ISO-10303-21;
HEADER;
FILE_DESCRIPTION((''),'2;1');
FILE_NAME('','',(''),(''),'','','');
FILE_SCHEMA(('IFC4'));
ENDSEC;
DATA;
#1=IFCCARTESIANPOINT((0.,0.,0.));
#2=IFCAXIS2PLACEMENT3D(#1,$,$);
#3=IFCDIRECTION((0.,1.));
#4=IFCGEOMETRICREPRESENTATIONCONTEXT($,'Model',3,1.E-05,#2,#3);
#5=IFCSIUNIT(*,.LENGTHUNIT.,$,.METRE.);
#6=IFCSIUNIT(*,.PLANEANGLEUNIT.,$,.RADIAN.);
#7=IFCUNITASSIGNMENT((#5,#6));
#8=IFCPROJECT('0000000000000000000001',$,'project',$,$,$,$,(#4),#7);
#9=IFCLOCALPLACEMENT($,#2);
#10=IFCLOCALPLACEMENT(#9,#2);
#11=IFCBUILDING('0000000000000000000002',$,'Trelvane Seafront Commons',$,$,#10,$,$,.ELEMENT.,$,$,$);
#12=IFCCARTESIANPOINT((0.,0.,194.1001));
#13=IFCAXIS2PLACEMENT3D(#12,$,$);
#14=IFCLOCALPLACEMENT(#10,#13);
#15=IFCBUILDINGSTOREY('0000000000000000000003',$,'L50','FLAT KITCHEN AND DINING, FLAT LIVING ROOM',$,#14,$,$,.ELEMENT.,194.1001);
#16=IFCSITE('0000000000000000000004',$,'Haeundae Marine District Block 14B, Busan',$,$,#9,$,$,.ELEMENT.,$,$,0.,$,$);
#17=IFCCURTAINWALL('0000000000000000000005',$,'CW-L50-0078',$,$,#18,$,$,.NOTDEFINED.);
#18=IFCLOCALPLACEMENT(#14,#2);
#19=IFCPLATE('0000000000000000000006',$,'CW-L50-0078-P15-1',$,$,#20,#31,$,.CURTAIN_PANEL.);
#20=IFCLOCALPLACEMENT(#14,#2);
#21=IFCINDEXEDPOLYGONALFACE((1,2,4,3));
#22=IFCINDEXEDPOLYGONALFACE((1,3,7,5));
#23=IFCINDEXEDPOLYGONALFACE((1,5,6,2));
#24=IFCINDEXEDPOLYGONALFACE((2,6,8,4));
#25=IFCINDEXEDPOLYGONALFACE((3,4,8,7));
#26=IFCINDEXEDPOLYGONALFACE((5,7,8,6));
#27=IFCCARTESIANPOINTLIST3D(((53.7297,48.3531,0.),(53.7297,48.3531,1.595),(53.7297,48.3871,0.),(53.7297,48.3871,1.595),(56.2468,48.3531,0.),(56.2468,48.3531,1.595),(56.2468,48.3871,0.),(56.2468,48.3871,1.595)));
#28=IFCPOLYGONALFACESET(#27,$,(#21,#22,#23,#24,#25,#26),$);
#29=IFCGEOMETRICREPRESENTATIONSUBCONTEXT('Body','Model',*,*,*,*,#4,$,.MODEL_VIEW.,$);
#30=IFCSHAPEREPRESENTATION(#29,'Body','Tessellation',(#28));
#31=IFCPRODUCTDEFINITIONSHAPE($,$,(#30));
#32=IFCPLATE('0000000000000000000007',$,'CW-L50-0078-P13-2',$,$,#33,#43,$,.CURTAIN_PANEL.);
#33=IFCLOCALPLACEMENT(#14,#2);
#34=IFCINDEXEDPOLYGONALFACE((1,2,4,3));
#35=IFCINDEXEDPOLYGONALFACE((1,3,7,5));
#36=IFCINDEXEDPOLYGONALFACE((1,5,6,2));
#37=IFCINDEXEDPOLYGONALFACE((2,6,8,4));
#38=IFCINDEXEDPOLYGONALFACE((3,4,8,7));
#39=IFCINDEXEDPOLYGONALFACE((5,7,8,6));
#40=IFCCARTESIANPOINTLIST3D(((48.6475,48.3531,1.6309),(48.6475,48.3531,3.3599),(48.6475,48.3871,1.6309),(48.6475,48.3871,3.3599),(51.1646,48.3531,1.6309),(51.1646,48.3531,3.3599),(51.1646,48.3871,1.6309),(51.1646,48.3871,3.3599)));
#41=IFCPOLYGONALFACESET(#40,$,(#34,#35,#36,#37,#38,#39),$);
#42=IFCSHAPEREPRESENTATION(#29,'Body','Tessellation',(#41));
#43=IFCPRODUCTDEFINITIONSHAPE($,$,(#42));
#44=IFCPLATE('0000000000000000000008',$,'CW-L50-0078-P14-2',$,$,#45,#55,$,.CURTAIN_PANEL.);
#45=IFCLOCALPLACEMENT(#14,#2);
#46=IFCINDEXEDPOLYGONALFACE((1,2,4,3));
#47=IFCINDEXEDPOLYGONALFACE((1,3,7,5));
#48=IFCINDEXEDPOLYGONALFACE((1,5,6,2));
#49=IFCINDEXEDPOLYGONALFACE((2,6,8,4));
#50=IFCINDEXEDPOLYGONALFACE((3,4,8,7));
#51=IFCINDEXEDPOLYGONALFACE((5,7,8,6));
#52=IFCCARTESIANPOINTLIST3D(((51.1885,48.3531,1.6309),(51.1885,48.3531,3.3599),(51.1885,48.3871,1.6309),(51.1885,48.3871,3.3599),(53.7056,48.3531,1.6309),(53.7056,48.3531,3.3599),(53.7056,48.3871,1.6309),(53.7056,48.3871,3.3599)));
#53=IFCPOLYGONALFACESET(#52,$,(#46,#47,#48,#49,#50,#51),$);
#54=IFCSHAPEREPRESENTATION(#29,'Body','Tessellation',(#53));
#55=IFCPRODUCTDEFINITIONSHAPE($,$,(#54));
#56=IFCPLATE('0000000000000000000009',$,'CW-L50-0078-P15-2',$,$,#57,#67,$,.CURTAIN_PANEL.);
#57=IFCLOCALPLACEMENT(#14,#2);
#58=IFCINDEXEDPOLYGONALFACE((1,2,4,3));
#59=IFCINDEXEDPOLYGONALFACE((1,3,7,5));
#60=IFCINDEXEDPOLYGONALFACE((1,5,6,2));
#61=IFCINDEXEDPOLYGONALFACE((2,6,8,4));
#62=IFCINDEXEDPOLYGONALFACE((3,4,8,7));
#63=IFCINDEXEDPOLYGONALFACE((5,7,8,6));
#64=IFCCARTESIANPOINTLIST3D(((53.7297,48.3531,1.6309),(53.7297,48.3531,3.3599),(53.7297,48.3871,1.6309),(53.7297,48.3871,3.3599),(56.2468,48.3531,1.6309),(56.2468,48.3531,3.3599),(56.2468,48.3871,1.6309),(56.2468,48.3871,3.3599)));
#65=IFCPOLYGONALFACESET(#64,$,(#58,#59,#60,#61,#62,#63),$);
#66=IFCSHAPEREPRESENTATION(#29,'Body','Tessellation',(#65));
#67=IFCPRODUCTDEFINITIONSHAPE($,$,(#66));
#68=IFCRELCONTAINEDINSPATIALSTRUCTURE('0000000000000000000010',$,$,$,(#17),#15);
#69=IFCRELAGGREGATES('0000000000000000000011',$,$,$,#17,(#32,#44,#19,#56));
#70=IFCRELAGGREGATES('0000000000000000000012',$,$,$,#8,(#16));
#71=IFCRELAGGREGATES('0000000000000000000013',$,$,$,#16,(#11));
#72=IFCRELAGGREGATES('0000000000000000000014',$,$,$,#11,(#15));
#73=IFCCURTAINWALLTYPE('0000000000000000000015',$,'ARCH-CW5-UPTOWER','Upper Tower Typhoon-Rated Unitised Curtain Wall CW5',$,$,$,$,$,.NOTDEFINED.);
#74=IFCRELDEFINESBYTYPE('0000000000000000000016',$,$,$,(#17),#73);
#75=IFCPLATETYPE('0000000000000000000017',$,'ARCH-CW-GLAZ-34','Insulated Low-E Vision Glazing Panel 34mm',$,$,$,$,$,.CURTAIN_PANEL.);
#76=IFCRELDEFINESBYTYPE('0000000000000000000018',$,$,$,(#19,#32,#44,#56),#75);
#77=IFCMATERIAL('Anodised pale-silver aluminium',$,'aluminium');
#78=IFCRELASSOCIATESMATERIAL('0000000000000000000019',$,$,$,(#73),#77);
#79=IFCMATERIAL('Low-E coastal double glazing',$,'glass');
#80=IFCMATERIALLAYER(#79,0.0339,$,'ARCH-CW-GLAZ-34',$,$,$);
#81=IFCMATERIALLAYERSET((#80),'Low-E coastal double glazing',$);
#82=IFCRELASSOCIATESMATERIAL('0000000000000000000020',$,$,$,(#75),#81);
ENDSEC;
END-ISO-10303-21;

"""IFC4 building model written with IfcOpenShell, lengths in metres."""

from ifc_helpers import new_model, si_unit, direction, frame, origin, origin_2d, place, context, subcontext, project, spatial, rectangle, extrude, source, transform, mapped, material, layer, layer_set, type_object, element, aggregate, save


model = new_model("IFC4")

# Units and contexts
model_context = context("Model", 3, precision=1e-05, world=origin(), true_north=direction((0.0, 1.0)))
body_context = subcontext(model_context, "Body", "Model", "MODEL_VIEW")
ifc_project = project(units=[si_unit("LENGTHUNIT", "METRE"), si_unit("PLANEANGLEUNIT", "RADIAN")], contexts=[model_context])

# Site, building, storey
site_placement = place(None, origin())
site = spatial("IfcSite", under=ifc_project, at=site_placement, Name="Haeundae Marine District Block 14B, Busan", CompositionType="ELEMENT", RefElevation=0.0)
building_placement = place(site_placement, origin())
building = spatial("IfcBuilding", under=site, at=building_placement, Name="Trelvane Seafront Commons", CompositionType="ELEMENT")
storey_placement = place(building_placement, frame((0.0, 0.0, 194.1001)))
storey = spatial("IfcBuildingStorey", under=building, at=storey_placement, Name="L50", Description="FLAT KITCHEN AND DINING, FLAT LIVING ROOM", CompositionType="ELEMENT", Elevation=194.1001)

# Curtain wall
ifc_material_1 = material(Name="Anodised pale-silver aluminium", Category="aluminium")
curtain_wall_type = type_object("IfcCurtainWallType", Name="ARCH-CW5-UPTOWER", Description="Upper Tower Typhoon-Rated Unitised Curtain Wall CW5", PredefinedType="NOTDEFINED", material=ifc_material_1)
curtain_wall_placement = place(storey_placement, origin())
curtain_wall = element("IfcCurtainWall", 1, at=curtain_wall_placement, inside=storey, type_object=curtain_wall_type, Name="CW-L50-0078", PredefinedType="NOTDEFINED")

# Plates
ifc_material_2 = material(Name="Low-E coastal double glazing", Category="glass")
ifc_layer_1 = layer(ifc_material_2, 0.0339, Name="ARCH-CW-GLAZ-34")
ifc_layer_set_1 = layer_set([ifc_layer_1], Name="Low-E coastal double glazing")
plate_type_1 = type_object("IfcPlateType", Name="ARCH-CW-GLAZ-34", Description="Insulated Low-E Vision Glazing Panel 34mm", PredefinedType="CURTAIN_PANEL", material=ifc_layer_set_1)
shared_shape_1 = source(origin(), body_context, "Body", "SweptSolid", [
    extrude(rectangle(XDim=2.5171, YDim=0.0339, at=origin_2d()), origin(), (0.0, 0.0, 1.0), 1.595),
])
plate_1_placement = place(storey_placement, frame((54.9883, 48.3701, 0.0), z_axis=(0.0, 0.0, 1.0), x_axis=(1.0, 0.0, 0.0)))
plate_1 = element("IfcPlate", 2, at=plate_1_placement, type_object=plate_type_1, Name="CW-L50-0078-P15-1", PredefinedType="CURTAIN_PANEL", context=body_context, shape_type="MappedRepresentation", body=[
    mapped(shared_shape_1, transform((0.0, 0.0, 0.0), x_axis=(1.0, 0.0, 0.0), y_axis=(0.0, 1.0, 0.0), z_axis=(0.0, 0.0, 1.0), scale=1.0)),
])
shared_shape_2 = source(origin(), body_context, "Body", "SweptSolid", [
    extrude(rectangle(XDim=2.5171, YDim=0.0339, at=origin_2d()), origin(), (0.0, 0.0, 1.0), 1.729),
])
plate_2_placement = place(storey_placement, frame((49.906, 48.3701, 1.6309), z_axis=(0.0, 0.0, 1.0), x_axis=(1.0, 0.0, 0.0)))
plate_2 = element("IfcPlate", 3, at=plate_2_placement, type_object=plate_type_1, Name="CW-L50-0078-P13-2", PredefinedType="CURTAIN_PANEL", context=body_context, shape_type="MappedRepresentation", body=[
    mapped(shared_shape_2, transform((0.0, 0.0, 0.0), x_axis=(1.0, 0.0, 0.0), y_axis=(0.0, 1.0, 0.0), z_axis=(0.0, 0.0, 1.0), scale=1.0)),
])
plate_3_placement = place(storey_placement, frame((52.447, 48.3701, 1.6309), z_axis=(0.0, 0.0, 1.0), x_axis=(1.0, 0.0, 0.0)))
plate_3 = element("IfcPlate", 4, at=plate_3_placement, type_object=plate_type_1, Name="CW-L50-0078-P14-2", PredefinedType="CURTAIN_PANEL", context=body_context, shape_type="MappedRepresentation", body=[
    mapped(shared_shape_2, transform((0.0, 0.0, 0.0), x_axis=(1.0, 0.0, 0.0), y_axis=(0.0, 1.0, 0.0), z_axis=(0.0, 0.0, 1.0), scale=1.0)),
])
plate_4_placement = place(storey_placement, frame((54.9883, 48.3701, 1.6309), z_axis=(0.0, 0.0, 1.0), x_axis=(1.0, 0.0, 0.0)))
plate_4 = element("IfcPlate", 5, at=plate_4_placement, type_object=plate_type_1, Name="CW-L50-0078-P15-2", PredefinedType="CURTAIN_PANEL", context=body_context, shape_type="MappedRepresentation", body=[
    mapped(shared_shape_2, transform((0.0, 0.0, 0.0), x_axis=(1.0, 0.0, 0.0), y_axis=(0.0, 1.0, 0.0), z_axis=(0.0, 0.0, 1.0), scale=1.0)),
])
aggregate(curtain_wall, [plate_2, plate_3, plate_1, plate_4])

save(model, "model.ifc")
